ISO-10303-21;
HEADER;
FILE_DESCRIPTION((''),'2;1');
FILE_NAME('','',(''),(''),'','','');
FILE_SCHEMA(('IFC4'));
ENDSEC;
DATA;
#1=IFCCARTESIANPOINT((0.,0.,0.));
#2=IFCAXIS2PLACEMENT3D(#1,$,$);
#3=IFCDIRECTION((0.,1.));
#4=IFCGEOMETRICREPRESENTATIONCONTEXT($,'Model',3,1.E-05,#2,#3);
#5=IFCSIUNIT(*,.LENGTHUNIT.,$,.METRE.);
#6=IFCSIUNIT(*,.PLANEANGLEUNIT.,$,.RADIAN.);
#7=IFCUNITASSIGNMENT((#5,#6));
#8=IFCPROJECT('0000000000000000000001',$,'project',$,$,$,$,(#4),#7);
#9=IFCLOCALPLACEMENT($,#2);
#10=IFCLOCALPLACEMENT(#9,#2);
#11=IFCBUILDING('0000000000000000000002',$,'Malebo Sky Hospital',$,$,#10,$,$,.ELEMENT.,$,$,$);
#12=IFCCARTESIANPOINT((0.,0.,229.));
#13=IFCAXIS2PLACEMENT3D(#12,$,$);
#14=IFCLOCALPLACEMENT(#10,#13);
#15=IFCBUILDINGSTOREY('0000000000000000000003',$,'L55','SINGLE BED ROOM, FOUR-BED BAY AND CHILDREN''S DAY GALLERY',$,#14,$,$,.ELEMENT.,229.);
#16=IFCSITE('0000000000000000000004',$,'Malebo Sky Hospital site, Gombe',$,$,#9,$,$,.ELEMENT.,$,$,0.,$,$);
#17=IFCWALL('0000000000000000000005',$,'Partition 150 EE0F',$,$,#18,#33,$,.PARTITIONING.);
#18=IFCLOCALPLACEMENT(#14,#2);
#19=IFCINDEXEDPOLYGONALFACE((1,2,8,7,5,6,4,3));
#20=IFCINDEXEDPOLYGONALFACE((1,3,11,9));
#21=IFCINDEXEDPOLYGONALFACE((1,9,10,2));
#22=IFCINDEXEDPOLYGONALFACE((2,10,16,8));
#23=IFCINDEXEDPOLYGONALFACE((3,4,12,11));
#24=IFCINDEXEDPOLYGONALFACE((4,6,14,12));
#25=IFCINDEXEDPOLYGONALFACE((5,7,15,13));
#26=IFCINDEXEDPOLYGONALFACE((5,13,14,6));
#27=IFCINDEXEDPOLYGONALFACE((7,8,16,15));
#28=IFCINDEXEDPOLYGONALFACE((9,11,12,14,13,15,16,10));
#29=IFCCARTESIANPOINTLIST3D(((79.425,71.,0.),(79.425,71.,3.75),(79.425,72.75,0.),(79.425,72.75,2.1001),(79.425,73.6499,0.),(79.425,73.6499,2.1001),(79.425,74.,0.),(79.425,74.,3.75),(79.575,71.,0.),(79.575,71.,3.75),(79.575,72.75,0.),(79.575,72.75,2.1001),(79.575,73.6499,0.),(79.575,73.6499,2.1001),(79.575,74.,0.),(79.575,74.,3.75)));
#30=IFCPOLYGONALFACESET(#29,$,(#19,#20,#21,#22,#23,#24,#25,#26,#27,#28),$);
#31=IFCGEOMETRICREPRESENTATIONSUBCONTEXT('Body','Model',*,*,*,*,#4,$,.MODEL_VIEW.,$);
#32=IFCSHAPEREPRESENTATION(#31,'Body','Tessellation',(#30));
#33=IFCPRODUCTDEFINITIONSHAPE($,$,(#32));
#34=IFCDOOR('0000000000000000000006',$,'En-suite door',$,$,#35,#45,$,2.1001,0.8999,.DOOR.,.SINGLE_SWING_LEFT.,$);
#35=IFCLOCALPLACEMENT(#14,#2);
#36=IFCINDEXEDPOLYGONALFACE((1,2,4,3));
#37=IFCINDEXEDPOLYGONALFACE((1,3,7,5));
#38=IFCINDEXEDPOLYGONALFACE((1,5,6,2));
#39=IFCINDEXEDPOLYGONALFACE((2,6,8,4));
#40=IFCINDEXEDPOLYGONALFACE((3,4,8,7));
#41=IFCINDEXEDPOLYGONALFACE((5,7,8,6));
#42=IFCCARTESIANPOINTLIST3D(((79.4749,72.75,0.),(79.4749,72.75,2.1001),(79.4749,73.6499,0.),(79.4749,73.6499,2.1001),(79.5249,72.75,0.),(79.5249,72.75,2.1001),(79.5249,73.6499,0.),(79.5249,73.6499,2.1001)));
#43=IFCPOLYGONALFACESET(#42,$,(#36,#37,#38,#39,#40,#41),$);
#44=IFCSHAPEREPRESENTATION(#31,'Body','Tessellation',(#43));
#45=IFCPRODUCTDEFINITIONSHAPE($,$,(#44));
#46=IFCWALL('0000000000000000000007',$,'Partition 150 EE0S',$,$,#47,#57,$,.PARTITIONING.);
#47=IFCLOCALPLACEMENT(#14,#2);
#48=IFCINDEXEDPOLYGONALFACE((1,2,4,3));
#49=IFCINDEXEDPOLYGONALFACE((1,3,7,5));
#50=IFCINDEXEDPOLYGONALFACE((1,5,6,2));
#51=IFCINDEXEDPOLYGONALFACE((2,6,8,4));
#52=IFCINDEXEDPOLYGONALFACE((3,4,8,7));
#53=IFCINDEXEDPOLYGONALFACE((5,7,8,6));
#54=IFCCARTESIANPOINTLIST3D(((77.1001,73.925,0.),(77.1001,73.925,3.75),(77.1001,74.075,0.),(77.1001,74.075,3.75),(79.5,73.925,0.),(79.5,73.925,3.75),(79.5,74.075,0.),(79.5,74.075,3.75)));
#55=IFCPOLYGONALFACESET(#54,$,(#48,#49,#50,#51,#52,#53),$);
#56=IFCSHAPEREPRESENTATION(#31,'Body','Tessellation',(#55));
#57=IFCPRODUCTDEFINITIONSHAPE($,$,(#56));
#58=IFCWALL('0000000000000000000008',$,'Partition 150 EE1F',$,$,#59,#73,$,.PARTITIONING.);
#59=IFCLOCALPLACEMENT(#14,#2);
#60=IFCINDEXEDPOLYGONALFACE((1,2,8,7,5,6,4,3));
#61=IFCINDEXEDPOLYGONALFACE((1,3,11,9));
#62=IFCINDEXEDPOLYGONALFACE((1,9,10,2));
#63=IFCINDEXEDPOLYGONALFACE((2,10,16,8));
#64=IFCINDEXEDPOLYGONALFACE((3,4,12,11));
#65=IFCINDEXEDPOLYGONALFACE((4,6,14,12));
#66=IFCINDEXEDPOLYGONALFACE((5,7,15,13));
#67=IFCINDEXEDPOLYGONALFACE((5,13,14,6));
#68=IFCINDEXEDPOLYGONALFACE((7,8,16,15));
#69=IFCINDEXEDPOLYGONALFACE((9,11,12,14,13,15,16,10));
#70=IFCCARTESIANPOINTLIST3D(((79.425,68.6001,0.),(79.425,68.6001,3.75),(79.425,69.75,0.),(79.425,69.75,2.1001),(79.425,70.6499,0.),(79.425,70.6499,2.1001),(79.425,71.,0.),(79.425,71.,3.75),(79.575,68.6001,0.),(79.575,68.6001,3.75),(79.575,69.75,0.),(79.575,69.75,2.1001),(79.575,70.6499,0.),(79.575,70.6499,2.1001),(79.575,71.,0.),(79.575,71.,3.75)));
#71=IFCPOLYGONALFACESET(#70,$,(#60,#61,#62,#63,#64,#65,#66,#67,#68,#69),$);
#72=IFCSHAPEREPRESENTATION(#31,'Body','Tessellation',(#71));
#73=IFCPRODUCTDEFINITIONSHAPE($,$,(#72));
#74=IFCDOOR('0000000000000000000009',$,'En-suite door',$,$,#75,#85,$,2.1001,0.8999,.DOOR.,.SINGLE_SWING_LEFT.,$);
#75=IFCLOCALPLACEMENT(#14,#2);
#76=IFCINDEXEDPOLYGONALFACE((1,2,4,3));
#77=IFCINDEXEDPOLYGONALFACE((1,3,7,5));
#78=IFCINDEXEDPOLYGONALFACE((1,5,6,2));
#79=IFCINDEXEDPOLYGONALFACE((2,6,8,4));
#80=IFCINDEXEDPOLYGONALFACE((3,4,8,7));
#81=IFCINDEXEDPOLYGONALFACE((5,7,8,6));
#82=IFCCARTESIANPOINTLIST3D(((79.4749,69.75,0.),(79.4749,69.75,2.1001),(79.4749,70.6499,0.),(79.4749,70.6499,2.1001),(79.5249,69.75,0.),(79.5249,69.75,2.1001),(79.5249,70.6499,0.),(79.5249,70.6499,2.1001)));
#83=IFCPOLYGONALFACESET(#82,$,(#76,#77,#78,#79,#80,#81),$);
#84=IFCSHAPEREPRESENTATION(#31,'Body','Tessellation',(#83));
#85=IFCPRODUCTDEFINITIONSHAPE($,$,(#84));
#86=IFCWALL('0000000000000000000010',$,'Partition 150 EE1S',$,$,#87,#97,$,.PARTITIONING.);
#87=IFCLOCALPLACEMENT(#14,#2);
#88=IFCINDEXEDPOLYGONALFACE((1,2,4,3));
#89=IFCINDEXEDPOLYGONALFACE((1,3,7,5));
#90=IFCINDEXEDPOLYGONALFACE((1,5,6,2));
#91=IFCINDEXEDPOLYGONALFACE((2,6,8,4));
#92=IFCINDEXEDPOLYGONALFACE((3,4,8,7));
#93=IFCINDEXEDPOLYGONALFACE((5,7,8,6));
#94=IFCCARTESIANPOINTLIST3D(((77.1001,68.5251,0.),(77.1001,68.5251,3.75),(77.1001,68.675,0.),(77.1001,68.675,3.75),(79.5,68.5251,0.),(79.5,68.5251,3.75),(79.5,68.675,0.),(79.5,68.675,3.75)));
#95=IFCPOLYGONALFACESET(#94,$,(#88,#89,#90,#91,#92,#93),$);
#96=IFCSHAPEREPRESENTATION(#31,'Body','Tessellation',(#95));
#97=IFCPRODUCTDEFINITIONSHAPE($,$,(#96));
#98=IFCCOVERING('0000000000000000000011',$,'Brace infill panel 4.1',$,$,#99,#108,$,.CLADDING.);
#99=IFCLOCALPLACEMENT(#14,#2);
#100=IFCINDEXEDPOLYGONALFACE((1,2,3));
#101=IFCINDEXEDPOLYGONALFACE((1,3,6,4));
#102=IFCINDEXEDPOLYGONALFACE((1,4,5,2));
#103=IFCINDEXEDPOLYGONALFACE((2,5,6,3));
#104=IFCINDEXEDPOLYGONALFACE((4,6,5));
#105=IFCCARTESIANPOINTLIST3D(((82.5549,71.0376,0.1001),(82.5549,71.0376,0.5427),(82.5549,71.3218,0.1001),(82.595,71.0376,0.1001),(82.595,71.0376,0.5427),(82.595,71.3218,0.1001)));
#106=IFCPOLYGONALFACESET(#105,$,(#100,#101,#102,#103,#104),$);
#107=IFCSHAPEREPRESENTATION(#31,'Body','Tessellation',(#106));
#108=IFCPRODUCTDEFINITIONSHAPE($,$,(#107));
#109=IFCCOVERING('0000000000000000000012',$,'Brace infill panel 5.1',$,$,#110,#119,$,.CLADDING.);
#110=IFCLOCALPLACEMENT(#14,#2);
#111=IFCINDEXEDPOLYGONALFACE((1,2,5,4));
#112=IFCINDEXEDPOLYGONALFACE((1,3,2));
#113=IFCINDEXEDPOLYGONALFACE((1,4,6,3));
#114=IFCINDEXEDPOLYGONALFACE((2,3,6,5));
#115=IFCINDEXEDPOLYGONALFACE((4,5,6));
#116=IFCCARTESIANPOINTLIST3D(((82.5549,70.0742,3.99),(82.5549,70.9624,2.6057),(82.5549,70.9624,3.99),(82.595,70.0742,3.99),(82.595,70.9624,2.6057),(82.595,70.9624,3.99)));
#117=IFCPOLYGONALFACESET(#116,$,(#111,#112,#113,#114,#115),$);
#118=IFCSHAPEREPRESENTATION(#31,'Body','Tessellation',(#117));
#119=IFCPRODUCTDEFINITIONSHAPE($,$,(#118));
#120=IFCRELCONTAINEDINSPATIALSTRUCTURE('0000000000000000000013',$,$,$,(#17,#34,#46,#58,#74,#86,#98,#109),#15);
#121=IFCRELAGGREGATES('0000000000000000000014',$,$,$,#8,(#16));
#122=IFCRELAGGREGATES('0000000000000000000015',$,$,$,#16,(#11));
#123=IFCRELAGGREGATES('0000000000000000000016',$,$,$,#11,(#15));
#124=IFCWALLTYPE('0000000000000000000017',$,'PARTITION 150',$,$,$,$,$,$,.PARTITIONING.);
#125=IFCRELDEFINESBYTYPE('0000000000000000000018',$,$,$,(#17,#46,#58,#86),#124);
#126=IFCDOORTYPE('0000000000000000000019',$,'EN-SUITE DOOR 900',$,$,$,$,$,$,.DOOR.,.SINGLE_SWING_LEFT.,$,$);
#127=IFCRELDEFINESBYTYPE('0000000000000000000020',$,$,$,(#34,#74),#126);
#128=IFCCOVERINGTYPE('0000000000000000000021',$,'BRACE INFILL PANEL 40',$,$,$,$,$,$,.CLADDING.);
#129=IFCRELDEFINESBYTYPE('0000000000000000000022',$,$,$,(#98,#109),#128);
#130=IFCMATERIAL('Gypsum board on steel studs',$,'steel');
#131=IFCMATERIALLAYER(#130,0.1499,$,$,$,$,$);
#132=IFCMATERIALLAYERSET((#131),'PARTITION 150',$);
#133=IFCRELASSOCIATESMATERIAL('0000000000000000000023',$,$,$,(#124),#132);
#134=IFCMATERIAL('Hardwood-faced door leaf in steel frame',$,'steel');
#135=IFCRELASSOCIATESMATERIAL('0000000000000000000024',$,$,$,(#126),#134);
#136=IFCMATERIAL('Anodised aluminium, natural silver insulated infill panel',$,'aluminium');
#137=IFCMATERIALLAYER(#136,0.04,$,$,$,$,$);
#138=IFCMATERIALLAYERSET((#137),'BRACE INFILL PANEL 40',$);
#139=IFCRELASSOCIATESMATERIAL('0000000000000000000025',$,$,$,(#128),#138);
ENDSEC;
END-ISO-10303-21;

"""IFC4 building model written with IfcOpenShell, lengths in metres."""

from ifc_helpers import new_model, si_unit, direction, frame, frame_2d, origin, place, context, subcontext, project, spatial, polyline, rectangle, outline, extrude, material, layer, layer_set, type_object, element, fill, save


model = new_model("IFC4")

# Units and contexts
model_context = context("Model", 3, precision=1e-05, world=origin(), true_north=direction((0.0, 1.0)))
body_context = subcontext(model_context, "Body", "Model", "MODEL_VIEW")
ifc_project = project(units=[si_unit("LENGTHUNIT", "METRE"), si_unit("PLANEANGLEUNIT", "RADIAN")], contexts=[model_context])

# Site, building, storey
site_placement = place(None, origin())
site = spatial("IfcSite", under=ifc_project, at=site_placement, Name="Malebo Sky Hospital site, Gombe", CompositionType="ELEMENT", RefElevation=0.0)
building_placement = place(site_placement, origin())
building = spatial("IfcBuilding", under=site, at=building_placement, Name="Malebo Sky Hospital", CompositionType="ELEMENT")
storey_placement = place(building_placement, frame((0.0, 0.0, 229.0)))
storey = spatial("IfcBuildingStorey", under=building, at=storey_placement, Name="L55", Description="SINGLE BED ROOM, FOUR-BED BAY AND CHILDREN'S DAY GALLERY", CompositionType="ELEMENT", Elevation=229.0)

# Shared definitions
ifc_material_1 = material(Name="Gypsum board on steel studs", Category="steel")
ifc_material_2 = material(Name="Hardwood-faced door leaf in steel frame", Category="steel")

# Shared definitions
ifc_layer_1 = layer(ifc_material_1, 0.1499)
ifc_layer_set_1 = layer_set([ifc_layer_1], Name="PARTITION 150")
wall_type_1 = type_object("IfcWallType", Name="PARTITION 150", PredefinedType="PARTITIONING", material=ifc_layer_set_1)

# Wall, opening, door
wall_1_placement = place(storey_placement, frame((79.5, 74.0, 0.0), z_axis=(0.0, 0.0, 1.0), x_axis=(0.0, -1.0, 0.0)))
wall_1 = element("IfcWall", 1, at=wall_1_placement, inside=storey, type_object=wall_type_1, Name="Partition 150 EE0F", PredefinedType="PARTITIONING", context=body_context, shape_type="SweptSolid", body=[
    extrude(rectangle(XDim=3.0, YDim=0.1499, at=frame_2d((1.5, 0.0))), origin(), (0.0, 0.0, 1.0), 3.75),
])
opening_1_placement = place(wall_1_placement, frame((0.3501, 0.0, 0.0)))
opening_1 = element("IfcOpeningElement", 2, at=opening_1_placement, cuts=wall_1, PredefinedType="OPENING", context=body_context, shape_type="SweptSolid", body=[
    extrude(rectangle(XDim=0.8999, YDim=2.1001, at=frame_2d((0.45, 1.05))), frame((0.0, 0.085, 0.0), z_axis=(0.0, -1.0, 0.0), x_axis=(1.0, 0.0, 0.0)), (0.0, 0.0, 1.0), 0.1699),
])
door_type_1 = type_object("IfcDoorType", Name="EN-SUITE DOOR 900", OperationType="SINGLE_SWING_LEFT", PredefinedType="DOOR", material=ifc_material_2)
door_1_placement = place(opening_1_placement, origin())
door_1 = element("IfcDoor", 3, at=door_1_placement, inside=storey, type_object=door_type_1, Name="En-suite door", OperationType="SINGLE_SWING_LEFT", OverallHeight=2.1001, OverallWidth=0.8999, PredefinedType="DOOR", context=body_context, shape_type="SweptSolid", body=[
    extrude(rectangle(XDim=0.8999, YDim=2.1001, at=frame_2d((0.45, 1.05))), frame((0.0, 0.0249, 0.0), z_axis=(0.0, -1.0, 0.0), x_axis=(1.0, 0.0, 0.0)), (0.0, 0.0, 1.0), 0.05),
])
fill(opening_1, door_1)

# Wall
wall_2_placement = place(storey_placement, frame((77.1001, 74.0, 0.0), z_axis=(0.0, 0.0, 1.0), x_axis=(1.0, 0.0, 0.0)))
element("IfcWall", 4, at=wall_2_placement, inside=storey, type_object=wall_type_1, Name="Partition 150 EE0S", PredefinedType="PARTITIONING", context=body_context, shape_type="SweptSolid", body=[
    extrude(rectangle(XDim=2.3999, YDim=0.1499, at=frame_2d((1.2, 0.0))), origin(), (0.0, 0.0, 1.0), 3.75),
])

# Wall, opening, door
wall_3_placement = place(storey_placement, frame((79.5, 71.0, 0.0), z_axis=(0.0, 0.0, 1.0), x_axis=(0.0, -1.0, 0.0)))
wall_3 = element("IfcWall", 5, at=wall_3_placement, inside=storey, type_object=wall_type_1, Name="Partition 150 EE1F", PredefinedType="PARTITIONING", context=body_context, shape_type="SweptSolid", body=[
    extrude(rectangle(XDim=2.3999, YDim=0.1499, at=frame_2d((1.2, 0.0))), origin(), (0.0, 0.0, 1.0), 3.75),
])
opening_2_placement = place(wall_3_placement, frame((0.3501, 0.0, 0.0)))
opening_2 = element("IfcOpeningElement", 6, at=opening_2_placement, cuts=wall_3, PredefinedType="OPENING", context=body_context, shape_type="SweptSolid", body=[
    extrude(rectangle(XDim=0.8999, YDim=2.1001, at=frame_2d((0.45, 1.05))), frame((0.0, 0.085, 0.0), z_axis=(0.0, -1.0, 0.0), x_axis=(1.0, 0.0, 0.0)), (0.0, 0.0, 1.0), 0.1699),
])
door_2_placement = place(opening_2_placement, origin())
door_2 = element("IfcDoor", 7, at=door_2_placement, inside=storey, type_object=door_type_1, Name="En-suite door", OperationType="SINGLE_SWING_LEFT", OverallHeight=2.1001, OverallWidth=0.8999, PredefinedType="DOOR", context=body_context, shape_type="SweptSolid", body=[
    extrude(rectangle(XDim=0.8999, YDim=2.1001, at=frame_2d((0.45, 1.05))), frame((0.0, 0.0249, 0.0), z_axis=(0.0, -1.0, 0.0), x_axis=(1.0, 0.0, 0.0)), (0.0, 0.0, 1.0), 0.05),
])
fill(opening_2, door_2)

# Wall
wall_4_placement = place(storey_placement, frame((77.1001, 68.6001, 0.0), z_axis=(0.0, 0.0, 1.0), x_axis=(1.0, 0.0, 0.0)))
element("IfcWall", 8, at=wall_4_placement, inside=storey, type_object=wall_type_1, Name="Partition 150 EE1S", PredefinedType="PARTITIONING", context=body_context, shape_type="SweptSolid", body=[
    extrude(rectangle(XDim=2.3999, YDim=0.1499, at=frame_2d((1.2, 0.0))), origin(), (0.0, 0.0, 1.0), 3.75),
])

# Coverings
ifc_material_3 = material(Name="Anodised aluminium, natural silver insulated infill panel", Category="aluminium")
ifc_layer_2 = layer(ifc_material_3, 0.04)
ifc_layer_set_2 = layer_set([ifc_layer_2], Name="BRACE INFILL PANEL 40")
covering_type = type_object("IfcCoveringType", Name="BRACE INFILL PANEL 40", PredefinedType="CLADDING", material=ifc_layer_set_2)
covering_1_placement = place(storey_placement, frame((82.575, 71.1797, 0.1001), z_axis=(0.0, 0.0, 1.0), x_axis=(0.0, -1.0, 0.0)))
element("IfcCovering", 9, at=covering_1_placement, inside=storey, type_object=covering_type, Name="Brace infill panel 4.1", PredefinedType="CLADDING", context=body_context, shape_type="SweptSolid", body=[
    extrude(outline(polyline([(-0.1421, 0.0), (0.1421, 0.0), (0.1421, 0.4426), (-0.1421, 0.0)])), frame((0.0, 0.02, 0.0), z_axis=(0.0, -1.0, 0.0), x_axis=(1.0, 0.0, 0.0)), (0.0, 0.0, 1.0), 0.04),
])
covering_2_placement = place(storey_placement, frame((82.575, 70.5183, 2.6057), z_axis=(0.0, 0.0, 1.0), x_axis=(0.0, -1.0, 0.0)))
element("IfcCovering", 10, at=covering_2_placement, inside=storey, type_object=covering_type, Name="Brace infill panel 5.1", PredefinedType="CLADDING", context=body_context, shape_type="SweptSolid", body=[
    extrude(outline(polyline([(-0.4441, 0.0), (0.4441, 1.3843), (-0.4441, 1.3843), (-0.4441, 0.0)])), frame((0.0, 0.02, 0.0), z_axis=(0.0, -1.0, 0.0), x_axis=(1.0, 0.0, 0.0)), (0.0, 0.0, 1.0), 0.04),
])

save(model, "model.ifc")
